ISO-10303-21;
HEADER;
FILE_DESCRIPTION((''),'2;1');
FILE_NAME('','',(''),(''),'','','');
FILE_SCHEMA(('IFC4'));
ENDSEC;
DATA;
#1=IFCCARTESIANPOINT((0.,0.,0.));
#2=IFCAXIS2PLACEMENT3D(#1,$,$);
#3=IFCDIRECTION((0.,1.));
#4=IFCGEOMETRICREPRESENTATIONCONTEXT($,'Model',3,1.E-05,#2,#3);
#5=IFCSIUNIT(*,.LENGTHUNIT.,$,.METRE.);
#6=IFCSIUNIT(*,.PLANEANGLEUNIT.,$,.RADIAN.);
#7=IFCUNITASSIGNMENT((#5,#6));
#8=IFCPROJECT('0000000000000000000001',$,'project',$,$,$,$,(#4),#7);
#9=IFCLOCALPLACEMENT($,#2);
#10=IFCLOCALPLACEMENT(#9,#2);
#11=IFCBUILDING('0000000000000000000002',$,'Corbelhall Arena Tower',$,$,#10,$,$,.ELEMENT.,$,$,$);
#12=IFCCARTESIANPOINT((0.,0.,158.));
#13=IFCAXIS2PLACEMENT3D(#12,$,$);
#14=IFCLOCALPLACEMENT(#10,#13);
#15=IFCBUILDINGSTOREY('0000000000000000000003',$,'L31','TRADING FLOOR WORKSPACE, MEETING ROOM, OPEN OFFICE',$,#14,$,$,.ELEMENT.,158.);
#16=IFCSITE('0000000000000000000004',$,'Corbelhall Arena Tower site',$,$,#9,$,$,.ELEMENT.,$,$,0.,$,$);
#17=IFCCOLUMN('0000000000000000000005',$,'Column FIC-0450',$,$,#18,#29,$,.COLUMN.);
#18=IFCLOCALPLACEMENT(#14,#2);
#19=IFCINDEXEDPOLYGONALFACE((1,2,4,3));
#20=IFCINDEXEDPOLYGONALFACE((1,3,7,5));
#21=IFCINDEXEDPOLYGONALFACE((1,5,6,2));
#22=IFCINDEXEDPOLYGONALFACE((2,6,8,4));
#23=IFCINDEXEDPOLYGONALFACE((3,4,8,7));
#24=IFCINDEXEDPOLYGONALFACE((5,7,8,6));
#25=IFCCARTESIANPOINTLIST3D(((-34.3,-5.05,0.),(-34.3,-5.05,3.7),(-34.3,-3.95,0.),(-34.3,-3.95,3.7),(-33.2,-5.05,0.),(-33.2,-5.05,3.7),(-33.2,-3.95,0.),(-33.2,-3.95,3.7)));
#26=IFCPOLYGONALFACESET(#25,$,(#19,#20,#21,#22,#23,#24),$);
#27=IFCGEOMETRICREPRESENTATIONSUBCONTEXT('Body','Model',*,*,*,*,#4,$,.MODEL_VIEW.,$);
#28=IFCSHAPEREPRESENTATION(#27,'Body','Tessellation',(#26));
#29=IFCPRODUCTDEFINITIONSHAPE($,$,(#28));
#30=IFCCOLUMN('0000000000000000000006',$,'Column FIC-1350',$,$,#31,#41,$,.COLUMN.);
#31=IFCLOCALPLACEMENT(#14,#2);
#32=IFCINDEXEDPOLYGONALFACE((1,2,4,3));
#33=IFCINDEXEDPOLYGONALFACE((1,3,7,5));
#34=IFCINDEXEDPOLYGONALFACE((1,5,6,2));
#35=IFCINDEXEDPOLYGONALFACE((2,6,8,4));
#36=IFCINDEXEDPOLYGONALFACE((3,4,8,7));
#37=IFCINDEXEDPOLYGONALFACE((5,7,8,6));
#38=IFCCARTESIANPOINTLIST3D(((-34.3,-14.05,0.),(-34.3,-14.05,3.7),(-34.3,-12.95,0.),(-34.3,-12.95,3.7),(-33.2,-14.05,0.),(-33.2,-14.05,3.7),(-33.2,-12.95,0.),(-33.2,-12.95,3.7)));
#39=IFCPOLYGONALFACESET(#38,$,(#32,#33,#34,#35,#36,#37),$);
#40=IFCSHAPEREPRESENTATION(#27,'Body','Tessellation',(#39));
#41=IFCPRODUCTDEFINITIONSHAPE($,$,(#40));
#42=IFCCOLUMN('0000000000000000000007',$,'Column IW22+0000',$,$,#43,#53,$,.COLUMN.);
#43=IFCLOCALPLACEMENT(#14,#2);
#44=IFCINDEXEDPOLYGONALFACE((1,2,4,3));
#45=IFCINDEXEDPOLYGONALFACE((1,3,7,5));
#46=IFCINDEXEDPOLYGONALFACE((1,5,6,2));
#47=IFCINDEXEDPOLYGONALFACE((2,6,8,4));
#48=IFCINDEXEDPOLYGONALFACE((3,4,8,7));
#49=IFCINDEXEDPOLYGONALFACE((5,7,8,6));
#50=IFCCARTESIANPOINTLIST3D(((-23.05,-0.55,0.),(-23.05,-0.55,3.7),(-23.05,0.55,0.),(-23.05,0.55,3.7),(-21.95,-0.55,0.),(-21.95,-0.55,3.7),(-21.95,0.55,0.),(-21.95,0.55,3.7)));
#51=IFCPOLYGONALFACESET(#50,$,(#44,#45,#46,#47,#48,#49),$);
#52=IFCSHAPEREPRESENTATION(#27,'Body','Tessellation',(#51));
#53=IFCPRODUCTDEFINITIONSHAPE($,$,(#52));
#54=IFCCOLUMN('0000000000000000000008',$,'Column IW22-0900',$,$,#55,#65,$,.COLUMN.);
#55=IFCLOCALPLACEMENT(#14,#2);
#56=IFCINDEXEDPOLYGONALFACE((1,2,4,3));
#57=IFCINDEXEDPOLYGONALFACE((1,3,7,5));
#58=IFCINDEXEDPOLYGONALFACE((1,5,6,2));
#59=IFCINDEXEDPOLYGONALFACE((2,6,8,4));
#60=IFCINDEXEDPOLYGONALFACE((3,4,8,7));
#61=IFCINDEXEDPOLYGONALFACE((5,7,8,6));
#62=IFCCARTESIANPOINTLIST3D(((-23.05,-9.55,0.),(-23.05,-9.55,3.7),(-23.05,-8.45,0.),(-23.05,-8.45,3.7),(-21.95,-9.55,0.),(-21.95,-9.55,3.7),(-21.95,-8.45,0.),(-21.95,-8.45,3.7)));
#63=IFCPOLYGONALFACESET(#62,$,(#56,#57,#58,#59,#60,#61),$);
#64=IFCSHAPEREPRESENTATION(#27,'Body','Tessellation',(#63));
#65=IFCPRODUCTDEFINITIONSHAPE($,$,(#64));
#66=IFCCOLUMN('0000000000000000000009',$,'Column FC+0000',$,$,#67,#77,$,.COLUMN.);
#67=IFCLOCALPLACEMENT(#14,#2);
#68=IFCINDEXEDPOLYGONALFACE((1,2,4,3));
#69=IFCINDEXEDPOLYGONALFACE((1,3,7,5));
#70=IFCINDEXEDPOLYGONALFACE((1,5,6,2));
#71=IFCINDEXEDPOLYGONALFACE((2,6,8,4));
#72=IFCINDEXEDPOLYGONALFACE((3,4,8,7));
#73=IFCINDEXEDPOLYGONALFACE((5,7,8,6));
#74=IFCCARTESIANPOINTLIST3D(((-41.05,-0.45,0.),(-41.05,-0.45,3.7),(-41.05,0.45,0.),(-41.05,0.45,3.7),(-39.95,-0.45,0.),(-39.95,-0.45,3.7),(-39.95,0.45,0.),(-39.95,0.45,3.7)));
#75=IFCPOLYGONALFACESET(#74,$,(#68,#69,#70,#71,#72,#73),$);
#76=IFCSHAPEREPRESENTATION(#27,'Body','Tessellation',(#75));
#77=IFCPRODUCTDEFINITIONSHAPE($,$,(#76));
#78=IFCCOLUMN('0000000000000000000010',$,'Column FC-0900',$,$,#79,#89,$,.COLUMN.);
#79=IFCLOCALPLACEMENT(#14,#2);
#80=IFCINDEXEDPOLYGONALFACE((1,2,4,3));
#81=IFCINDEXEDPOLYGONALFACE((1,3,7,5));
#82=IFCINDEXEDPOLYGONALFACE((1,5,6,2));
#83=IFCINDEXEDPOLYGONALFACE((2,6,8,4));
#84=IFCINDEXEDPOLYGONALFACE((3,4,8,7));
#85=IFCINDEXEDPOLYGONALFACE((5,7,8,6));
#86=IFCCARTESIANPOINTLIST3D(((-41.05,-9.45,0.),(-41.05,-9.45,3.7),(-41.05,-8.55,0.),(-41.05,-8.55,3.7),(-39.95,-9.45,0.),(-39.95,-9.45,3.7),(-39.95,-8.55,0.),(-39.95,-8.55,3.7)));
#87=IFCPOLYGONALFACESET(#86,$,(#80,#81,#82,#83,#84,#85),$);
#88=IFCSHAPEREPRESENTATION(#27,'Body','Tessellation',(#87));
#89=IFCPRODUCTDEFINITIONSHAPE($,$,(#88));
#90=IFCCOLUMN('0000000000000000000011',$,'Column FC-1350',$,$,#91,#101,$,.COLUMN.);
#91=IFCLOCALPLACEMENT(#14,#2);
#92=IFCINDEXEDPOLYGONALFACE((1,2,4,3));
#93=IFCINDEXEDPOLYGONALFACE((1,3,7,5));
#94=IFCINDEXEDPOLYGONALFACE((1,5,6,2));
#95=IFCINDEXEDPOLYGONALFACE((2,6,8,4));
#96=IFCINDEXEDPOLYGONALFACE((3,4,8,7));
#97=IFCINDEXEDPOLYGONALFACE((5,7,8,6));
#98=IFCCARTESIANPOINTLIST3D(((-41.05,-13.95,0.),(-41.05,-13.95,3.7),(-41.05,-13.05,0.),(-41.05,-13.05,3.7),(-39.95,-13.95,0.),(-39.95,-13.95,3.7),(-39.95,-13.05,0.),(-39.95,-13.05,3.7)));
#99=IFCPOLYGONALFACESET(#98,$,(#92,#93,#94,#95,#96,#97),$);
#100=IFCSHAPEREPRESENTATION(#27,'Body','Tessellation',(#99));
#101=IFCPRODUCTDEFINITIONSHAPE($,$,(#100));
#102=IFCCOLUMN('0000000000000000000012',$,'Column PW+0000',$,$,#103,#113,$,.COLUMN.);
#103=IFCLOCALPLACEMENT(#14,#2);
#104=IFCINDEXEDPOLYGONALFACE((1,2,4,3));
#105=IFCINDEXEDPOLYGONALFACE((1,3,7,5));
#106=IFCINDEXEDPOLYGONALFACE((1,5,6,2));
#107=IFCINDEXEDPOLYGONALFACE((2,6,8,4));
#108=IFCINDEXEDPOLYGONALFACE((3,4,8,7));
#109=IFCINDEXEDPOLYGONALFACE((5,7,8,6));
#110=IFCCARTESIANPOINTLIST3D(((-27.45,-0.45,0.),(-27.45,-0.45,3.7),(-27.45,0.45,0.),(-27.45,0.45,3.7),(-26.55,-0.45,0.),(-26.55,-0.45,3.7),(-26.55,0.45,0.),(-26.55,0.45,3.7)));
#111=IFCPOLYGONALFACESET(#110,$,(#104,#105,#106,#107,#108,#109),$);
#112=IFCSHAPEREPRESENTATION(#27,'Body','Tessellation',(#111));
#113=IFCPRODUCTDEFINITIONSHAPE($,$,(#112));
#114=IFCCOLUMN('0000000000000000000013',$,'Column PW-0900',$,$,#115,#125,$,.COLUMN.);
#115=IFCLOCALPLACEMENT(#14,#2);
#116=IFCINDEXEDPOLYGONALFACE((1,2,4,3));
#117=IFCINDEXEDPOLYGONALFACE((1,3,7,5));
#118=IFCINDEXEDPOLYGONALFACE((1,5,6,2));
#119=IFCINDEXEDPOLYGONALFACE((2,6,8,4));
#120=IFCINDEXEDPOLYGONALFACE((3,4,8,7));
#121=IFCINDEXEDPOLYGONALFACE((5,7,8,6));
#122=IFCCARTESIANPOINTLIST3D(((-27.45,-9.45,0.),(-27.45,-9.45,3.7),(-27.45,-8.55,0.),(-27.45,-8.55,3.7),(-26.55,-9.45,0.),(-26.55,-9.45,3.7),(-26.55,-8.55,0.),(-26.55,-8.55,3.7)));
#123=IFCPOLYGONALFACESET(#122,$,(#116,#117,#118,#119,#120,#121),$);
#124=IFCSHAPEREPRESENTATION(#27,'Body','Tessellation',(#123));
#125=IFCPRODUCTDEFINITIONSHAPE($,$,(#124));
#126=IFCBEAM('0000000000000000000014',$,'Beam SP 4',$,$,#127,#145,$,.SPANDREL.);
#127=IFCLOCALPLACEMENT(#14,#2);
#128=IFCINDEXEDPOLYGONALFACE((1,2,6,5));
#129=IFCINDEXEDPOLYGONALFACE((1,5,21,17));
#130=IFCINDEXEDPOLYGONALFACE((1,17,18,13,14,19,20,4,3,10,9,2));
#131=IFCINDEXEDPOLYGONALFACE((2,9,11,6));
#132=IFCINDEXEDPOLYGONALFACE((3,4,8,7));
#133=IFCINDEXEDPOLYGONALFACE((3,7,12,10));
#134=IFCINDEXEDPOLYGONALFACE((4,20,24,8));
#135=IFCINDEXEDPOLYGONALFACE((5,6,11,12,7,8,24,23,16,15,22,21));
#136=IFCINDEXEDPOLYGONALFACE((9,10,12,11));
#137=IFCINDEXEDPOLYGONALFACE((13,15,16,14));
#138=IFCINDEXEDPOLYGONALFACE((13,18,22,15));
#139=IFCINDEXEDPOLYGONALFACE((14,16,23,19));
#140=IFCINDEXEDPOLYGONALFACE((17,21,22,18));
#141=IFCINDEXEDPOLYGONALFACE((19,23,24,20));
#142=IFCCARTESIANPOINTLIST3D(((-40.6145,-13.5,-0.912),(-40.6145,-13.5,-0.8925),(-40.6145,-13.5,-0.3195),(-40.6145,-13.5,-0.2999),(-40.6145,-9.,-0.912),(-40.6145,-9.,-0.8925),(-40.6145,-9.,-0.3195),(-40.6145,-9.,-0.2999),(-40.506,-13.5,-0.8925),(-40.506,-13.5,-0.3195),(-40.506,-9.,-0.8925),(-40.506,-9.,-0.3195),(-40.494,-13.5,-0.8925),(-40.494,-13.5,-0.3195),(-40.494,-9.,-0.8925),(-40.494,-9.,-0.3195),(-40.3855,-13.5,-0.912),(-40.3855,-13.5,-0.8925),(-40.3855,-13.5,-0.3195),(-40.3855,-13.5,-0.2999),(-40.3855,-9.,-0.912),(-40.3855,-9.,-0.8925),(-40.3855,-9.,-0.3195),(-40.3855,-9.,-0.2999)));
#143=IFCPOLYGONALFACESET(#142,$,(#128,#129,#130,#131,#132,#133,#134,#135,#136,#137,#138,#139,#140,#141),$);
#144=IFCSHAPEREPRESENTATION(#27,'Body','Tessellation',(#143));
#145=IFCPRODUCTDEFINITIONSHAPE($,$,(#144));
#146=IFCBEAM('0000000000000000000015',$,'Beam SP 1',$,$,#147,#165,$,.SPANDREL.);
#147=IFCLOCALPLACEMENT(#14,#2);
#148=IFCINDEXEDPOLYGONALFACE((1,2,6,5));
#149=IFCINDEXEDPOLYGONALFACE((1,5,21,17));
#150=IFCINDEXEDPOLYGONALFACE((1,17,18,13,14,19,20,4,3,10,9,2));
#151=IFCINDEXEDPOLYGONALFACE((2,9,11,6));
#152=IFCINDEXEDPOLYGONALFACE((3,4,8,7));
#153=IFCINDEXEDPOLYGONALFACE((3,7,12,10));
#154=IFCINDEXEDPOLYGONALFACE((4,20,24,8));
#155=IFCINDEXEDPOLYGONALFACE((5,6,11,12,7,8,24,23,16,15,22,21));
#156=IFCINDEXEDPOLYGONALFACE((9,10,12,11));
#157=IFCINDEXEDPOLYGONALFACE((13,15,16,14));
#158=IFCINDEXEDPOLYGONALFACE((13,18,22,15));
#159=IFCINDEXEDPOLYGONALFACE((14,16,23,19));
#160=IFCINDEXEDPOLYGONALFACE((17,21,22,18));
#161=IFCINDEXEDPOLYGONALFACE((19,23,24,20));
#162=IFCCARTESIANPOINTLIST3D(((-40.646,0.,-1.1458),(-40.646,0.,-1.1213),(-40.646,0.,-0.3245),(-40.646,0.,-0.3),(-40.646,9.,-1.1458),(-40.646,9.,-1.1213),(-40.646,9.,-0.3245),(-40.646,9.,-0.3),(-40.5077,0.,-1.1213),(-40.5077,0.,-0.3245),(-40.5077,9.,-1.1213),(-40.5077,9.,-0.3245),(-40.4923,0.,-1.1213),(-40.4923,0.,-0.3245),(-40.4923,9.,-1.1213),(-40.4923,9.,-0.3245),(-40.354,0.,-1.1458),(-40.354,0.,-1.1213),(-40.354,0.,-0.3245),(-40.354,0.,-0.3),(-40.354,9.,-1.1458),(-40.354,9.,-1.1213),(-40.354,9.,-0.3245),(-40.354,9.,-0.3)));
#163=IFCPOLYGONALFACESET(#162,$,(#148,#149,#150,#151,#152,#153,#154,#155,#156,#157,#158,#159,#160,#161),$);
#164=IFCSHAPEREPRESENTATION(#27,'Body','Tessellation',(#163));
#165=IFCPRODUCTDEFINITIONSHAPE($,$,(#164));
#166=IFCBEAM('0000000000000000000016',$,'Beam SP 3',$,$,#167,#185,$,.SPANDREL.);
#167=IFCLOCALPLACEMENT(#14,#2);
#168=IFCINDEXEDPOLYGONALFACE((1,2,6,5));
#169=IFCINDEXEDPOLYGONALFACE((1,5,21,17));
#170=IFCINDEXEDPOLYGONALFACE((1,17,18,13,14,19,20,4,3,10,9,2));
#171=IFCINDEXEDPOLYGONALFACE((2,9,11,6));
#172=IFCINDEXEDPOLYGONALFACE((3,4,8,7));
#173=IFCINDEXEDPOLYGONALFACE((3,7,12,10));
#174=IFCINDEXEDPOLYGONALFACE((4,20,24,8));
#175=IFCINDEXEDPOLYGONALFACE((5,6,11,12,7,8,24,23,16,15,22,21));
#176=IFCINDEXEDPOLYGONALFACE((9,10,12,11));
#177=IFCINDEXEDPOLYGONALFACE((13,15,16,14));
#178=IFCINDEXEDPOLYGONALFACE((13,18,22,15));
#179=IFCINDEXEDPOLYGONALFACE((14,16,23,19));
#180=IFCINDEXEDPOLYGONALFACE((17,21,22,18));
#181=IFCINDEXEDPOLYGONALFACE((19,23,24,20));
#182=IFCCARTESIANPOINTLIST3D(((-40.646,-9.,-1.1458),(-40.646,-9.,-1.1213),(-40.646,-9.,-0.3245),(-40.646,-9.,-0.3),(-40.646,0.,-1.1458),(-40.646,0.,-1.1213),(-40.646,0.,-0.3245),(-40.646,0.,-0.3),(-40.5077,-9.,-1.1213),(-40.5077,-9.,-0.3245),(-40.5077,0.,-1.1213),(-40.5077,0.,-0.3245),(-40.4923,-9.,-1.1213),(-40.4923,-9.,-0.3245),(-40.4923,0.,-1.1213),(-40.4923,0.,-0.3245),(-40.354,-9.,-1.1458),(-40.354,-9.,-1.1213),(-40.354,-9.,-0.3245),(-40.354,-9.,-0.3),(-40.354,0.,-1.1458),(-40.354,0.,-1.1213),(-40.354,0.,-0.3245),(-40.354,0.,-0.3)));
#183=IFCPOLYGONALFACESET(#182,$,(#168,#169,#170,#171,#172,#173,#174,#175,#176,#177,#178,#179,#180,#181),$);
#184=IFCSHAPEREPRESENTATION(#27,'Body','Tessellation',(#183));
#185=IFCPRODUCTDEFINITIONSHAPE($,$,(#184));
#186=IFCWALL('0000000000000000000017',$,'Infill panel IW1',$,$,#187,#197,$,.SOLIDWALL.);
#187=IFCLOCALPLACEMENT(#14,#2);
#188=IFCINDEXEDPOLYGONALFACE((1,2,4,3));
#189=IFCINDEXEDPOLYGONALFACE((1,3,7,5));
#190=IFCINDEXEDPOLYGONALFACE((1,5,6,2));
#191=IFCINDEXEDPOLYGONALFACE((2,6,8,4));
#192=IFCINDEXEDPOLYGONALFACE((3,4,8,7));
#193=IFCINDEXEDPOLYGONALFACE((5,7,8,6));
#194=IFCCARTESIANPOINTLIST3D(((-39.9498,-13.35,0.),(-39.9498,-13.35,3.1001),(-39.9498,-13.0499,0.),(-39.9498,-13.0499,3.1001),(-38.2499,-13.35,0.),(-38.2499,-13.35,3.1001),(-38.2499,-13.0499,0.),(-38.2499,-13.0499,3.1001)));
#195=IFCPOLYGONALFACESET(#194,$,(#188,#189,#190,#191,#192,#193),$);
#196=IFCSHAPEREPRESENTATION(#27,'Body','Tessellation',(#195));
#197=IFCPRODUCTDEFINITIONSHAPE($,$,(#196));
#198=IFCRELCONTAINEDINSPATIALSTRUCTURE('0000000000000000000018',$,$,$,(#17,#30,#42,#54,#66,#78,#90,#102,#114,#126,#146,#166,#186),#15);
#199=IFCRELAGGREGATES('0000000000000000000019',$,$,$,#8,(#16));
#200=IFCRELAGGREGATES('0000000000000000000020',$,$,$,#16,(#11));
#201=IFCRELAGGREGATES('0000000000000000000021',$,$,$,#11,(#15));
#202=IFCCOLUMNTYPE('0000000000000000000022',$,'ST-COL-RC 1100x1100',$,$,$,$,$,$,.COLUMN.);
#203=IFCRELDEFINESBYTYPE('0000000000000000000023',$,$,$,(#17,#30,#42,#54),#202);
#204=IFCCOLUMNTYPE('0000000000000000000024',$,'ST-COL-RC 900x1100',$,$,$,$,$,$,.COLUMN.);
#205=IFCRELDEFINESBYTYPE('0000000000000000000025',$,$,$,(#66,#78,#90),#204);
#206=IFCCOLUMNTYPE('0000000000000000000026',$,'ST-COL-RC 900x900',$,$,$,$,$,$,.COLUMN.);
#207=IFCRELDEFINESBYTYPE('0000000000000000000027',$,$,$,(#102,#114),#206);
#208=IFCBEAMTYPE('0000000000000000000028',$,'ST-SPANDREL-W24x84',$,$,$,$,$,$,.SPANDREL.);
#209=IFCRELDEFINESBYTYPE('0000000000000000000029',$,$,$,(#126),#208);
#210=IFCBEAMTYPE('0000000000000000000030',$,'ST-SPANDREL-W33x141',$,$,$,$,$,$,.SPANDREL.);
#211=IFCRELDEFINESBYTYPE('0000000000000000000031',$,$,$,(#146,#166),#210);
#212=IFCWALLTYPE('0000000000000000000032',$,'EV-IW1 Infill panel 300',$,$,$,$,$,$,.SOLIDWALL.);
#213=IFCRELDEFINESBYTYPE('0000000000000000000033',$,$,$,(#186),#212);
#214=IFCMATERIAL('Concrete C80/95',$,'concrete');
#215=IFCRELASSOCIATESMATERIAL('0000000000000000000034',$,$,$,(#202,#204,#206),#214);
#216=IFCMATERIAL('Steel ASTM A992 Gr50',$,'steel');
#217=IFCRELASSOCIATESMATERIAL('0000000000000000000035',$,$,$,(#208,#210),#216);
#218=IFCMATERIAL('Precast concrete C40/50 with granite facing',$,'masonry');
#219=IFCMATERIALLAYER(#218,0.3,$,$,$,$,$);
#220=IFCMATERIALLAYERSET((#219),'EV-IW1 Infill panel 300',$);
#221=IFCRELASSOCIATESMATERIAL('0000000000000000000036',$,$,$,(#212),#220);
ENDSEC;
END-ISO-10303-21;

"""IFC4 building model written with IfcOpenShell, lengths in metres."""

from ifc_helpers import new_model, si_unit, direction, frame, frame_2d, origin, origin_2d, place, context, subcontext, project, spatial, rectangle, i_section, extrude, material, layer, layer_set, material_profile, profile_set, type_object, element, save


model = new_model("IFC4")

# Units and contexts
model_context = context("Model", 3, precision=1e-05, world=origin(), true_north=direction((0.0, 1.0)))
body_context = subcontext(model_context, "Body", "Model", "MODEL_VIEW")
ifc_project = project(units=[si_unit("LENGTHUNIT", "METRE"), si_unit("PLANEANGLEUNIT", "RADIAN")], contexts=[model_context])

# Site, building, storey
site_placement = place(None, origin())
site = spatial("IfcSite", under=ifc_project, at=site_placement, Name="Corbelhall Arena Tower site", CompositionType="ELEMENT", RefElevation=0.0)
building_placement = place(site_placement, origin())
building = spatial("IfcBuilding", under=site, at=building_placement, Name="Corbelhall Arena Tower", CompositionType="ELEMENT")
storey_placement = place(building_placement, frame((0.0, 0.0, 158.0)))
storey = spatial("IfcBuildingStorey", under=building, at=storey_placement, Name="L31", Description="TRADING FLOOR WORKSPACE, MEETING ROOM, OPEN OFFICE", CompositionType="ELEMENT", Elevation=158.0)

# Columns
ifc_material_1 = material(Name="Concrete C80/95", Category="concrete")
ifc_material_profile_1 = material_profile(ifc_material_1, rectangle(XDim=1.1001, YDim=1.1001, at=origin_2d()))
ifc_profile_set_1 = profile_set([ifc_material_profile_1], Name="Concrete C80/95")
column_type_1 = type_object("IfcColumnType", Name="ST-COL-RC 1100x1100", PredefinedType="COLUMN", material=ifc_profile_set_1)
for number, where, z_axis, x_axis, name in (
    (1, (-33.75, -4.5, 0.0), (0.0, 0.0, 1.0), (1.0, 0.0, 0.0), "Column FIC-0450"),
    (2, (-33.75, -13.5, 0.0), (0.0, 0.0, 1.0), (1.0, 0.0, 0.0), "Column FIC-1350"),
    (3, (-22.5, 0.0, 0.0), (0.0, 0.0, 1.0), (1.0, 0.0, 0.0), "Column IW22+0000"),
    (4, (-22.5, -9.0, 0.0), (0.0, 0.0, 1.0), (1.0, 0.0, 0.0), "Column IW22-0900"),
):
    element("IfcColumn", number, at=place(storey_placement, frame(where, z_axis=z_axis, x_axis=x_axis)), inside=storey, type_object=column_type_1, Name=name, PredefinedType="COLUMN", context=body_context, shape_type="SweptSolid", body=[
        extrude(rectangle(XDim=1.1001, YDim=1.1001, at=origin_2d()), origin(), (0.0, 0.0, 1.0), 3.7),
    ])
ifc_material_profile_2 = material_profile(ifc_material_1, rectangle(XDim=0.8999, YDim=1.1001, at=origin_2d()))
ifc_profile_set_2 = profile_set([ifc_material_profile_2], Name="Concrete C80/95")
column_type_2 = type_object("IfcColumnType", Name="ST-COL-RC 900x1100", PredefinedType="COLUMN", material=ifc_profile_set_2)
for number, where, z_axis, x_axis, name in (
    (5, (-40.5, 0.0, 0.0), (0.0, 0.0, 1.0), (0.0, 1.0, 0.0), "Column FC+0000"),
    (6, (-40.5, -9.0, 0.0), (0.0, 0.0, 1.0), (0.0, 1.0, 0.0), "Column FC-0900"),
    (7, (-40.5, -13.5, 0.0), (0.0, 0.0, 1.0), (0.0, 1.0, 0.0), "Column FC-1350"),
):
    element("IfcColumn", number, at=place(storey_placement, frame(where, z_axis=z_axis, x_axis=x_axis)), inside=storey, type_object=column_type_2, Name=name, PredefinedType="COLUMN", context=body_context, shape_type="SweptSolid", body=[
        extrude(rectangle(XDim=0.8999, YDim=1.1001, at=origin_2d()), origin(), (0.0, 0.0, 1.0), 3.7),
    ])
ifc_material_profile_3 = material_profile(ifc_material_1, rectangle(XDim=0.8999, YDim=0.8999, at=origin_2d()))
ifc_profile_set_3 = profile_set([ifc_material_profile_3], Name="Concrete C80/95")
column_type_3 = type_object("IfcColumnType", Name="ST-COL-RC 900x900", PredefinedType="COLUMN", material=ifc_profile_set_3)
for number, where, z_axis, x_axis, name in (
    (8, (-27.0, 0.0, 0.0), (0.0, 0.0, 1.0), (1.0, 0.0, 0.0), "Column PW+0000"),
    (9, (-27.0, -9.0, 0.0), (0.0, 0.0, 1.0), (1.0, 0.0, 0.0), "Column PW-0900"),
):
    element("IfcColumn", number, at=place(storey_placement, frame(where, z_axis=z_axis, x_axis=x_axis)), inside=storey, type_object=column_type_3, Name=name, PredefinedType="COLUMN", context=body_context, shape_type="SweptSolid", body=[
        extrude(rectangle(XDim=0.8999, YDim=0.8999, at=origin_2d()), origin(), (0.0, 0.0, 1.0), 3.7),
    ])

# Beams
ifc_material_2 = material(Name="Steel ASTM A992 Gr50", Category="steel")
ifc_material_profile_4 = material_profile(ifc_material_2, i_section(OverallWidth=0.229, OverallDepth=0.6121, WebThickness=0.012, FlangeThickness=0.0195, at=origin_2d()))
ifc_profile_set_4 = profile_set([ifc_material_profile_4], Name="Steel ASTM A992 Gr50")
beam_type_1 = type_object("IfcBeamType", Name="ST-SPANDREL-W24x84", PredefinedType="SPANDREL", material=ifc_profile_set_4)
beam_placement = place(storey_placement, frame((-40.5, -13.5, -0.606), z_axis=(0.0, 1.0, 0.0), x_axis=(-1.0, 0.0, 0.0)))
element("IfcBeam", 10, at=beam_placement, inside=storey, type_object=beam_type_1, Name="Beam SP 4", PredefinedType="SPANDREL", context=body_context, shape_type="SweptSolid", body=[
    extrude(i_section(OverallWidth=0.229, OverallDepth=0.6121, WebThickness=0.012, FlangeThickness=0.0195, at=origin_2d()), origin(), (0.0, 0.0, 1.0), 4.5),
])
ifc_material_profile_5 = material_profile(ifc_material_2, i_section(OverallWidth=0.292, OverallDepth=0.8457, WebThickness=0.0154, FlangeThickness=0.0244, at=origin_2d()))
ifc_profile_set_5 = profile_set([ifc_material_profile_5], Name="Steel ASTM A992 Gr50")
beam_type_2 = type_object("IfcBeamType", Name="ST-SPANDREL-W33x141", PredefinedType="SPANDREL", material=ifc_profile_set_5)
for number, where, z_axis, x_axis, name in (
    (11, (-40.5, 0.0, -0.7229), (0.0, 1.0, 0.0), (-1.0, 0.0, 0.0), "Beam SP 1"),
    (12, (-40.5, -9.0, -0.7229), (0.0, 1.0, 0.0), (-1.0, 0.0, 0.0), "Beam SP 3"),
):
    element("IfcBeam", number, at=place(storey_placement, frame(where, z_axis=z_axis, x_axis=x_axis)), inside=storey, type_object=beam_type_2, Name=name, PredefinedType="SPANDREL", context=body_context, shape_type="SweptSolid", body=[
        extrude(i_section(OverallWidth=0.292, OverallDepth=0.8457, WebThickness=0.0154, FlangeThickness=0.0244, at=origin_2d()), origin(), (0.0, 0.0, 1.0), 9.0),
    ])

# Wall
ifc_material_3 = material(Name="Precast concrete C40/50 with granite facing", Category="masonry")
ifc_layer_1 = layer(ifc_material_3, 0.3)
ifc_layer_set_1 = layer_set([ifc_layer_1], Name="EV-IW1 Infill panel 300")
wall_type_1 = type_object("IfcWallType", Name="EV-IW1 Infill panel 300", PredefinedType="SOLIDWALL", material=ifc_layer_set_1)
wall_1_placement = place(storey_placement, frame((-39.95, -13.2, 0.0), z_axis=(0.0, 0.0, 1.0), x_axis=(1.0, 0.0, 0.0)))
element("IfcWall", 13, at=wall_1_placement, inside=storey, type_object=wall_type_1, Name="Infill panel IW1", PredefinedType="SOLIDWALL", context=body_context, shape_type="SweptSolid", body=[
    extrude(rectangle(XDim=1.7, YDim=0.3, at=frame_2d((0.8501, 0.0))), origin(), (0.0, 0.0, 1.0), 3.1001),
])

save(model, "model.ifc")
